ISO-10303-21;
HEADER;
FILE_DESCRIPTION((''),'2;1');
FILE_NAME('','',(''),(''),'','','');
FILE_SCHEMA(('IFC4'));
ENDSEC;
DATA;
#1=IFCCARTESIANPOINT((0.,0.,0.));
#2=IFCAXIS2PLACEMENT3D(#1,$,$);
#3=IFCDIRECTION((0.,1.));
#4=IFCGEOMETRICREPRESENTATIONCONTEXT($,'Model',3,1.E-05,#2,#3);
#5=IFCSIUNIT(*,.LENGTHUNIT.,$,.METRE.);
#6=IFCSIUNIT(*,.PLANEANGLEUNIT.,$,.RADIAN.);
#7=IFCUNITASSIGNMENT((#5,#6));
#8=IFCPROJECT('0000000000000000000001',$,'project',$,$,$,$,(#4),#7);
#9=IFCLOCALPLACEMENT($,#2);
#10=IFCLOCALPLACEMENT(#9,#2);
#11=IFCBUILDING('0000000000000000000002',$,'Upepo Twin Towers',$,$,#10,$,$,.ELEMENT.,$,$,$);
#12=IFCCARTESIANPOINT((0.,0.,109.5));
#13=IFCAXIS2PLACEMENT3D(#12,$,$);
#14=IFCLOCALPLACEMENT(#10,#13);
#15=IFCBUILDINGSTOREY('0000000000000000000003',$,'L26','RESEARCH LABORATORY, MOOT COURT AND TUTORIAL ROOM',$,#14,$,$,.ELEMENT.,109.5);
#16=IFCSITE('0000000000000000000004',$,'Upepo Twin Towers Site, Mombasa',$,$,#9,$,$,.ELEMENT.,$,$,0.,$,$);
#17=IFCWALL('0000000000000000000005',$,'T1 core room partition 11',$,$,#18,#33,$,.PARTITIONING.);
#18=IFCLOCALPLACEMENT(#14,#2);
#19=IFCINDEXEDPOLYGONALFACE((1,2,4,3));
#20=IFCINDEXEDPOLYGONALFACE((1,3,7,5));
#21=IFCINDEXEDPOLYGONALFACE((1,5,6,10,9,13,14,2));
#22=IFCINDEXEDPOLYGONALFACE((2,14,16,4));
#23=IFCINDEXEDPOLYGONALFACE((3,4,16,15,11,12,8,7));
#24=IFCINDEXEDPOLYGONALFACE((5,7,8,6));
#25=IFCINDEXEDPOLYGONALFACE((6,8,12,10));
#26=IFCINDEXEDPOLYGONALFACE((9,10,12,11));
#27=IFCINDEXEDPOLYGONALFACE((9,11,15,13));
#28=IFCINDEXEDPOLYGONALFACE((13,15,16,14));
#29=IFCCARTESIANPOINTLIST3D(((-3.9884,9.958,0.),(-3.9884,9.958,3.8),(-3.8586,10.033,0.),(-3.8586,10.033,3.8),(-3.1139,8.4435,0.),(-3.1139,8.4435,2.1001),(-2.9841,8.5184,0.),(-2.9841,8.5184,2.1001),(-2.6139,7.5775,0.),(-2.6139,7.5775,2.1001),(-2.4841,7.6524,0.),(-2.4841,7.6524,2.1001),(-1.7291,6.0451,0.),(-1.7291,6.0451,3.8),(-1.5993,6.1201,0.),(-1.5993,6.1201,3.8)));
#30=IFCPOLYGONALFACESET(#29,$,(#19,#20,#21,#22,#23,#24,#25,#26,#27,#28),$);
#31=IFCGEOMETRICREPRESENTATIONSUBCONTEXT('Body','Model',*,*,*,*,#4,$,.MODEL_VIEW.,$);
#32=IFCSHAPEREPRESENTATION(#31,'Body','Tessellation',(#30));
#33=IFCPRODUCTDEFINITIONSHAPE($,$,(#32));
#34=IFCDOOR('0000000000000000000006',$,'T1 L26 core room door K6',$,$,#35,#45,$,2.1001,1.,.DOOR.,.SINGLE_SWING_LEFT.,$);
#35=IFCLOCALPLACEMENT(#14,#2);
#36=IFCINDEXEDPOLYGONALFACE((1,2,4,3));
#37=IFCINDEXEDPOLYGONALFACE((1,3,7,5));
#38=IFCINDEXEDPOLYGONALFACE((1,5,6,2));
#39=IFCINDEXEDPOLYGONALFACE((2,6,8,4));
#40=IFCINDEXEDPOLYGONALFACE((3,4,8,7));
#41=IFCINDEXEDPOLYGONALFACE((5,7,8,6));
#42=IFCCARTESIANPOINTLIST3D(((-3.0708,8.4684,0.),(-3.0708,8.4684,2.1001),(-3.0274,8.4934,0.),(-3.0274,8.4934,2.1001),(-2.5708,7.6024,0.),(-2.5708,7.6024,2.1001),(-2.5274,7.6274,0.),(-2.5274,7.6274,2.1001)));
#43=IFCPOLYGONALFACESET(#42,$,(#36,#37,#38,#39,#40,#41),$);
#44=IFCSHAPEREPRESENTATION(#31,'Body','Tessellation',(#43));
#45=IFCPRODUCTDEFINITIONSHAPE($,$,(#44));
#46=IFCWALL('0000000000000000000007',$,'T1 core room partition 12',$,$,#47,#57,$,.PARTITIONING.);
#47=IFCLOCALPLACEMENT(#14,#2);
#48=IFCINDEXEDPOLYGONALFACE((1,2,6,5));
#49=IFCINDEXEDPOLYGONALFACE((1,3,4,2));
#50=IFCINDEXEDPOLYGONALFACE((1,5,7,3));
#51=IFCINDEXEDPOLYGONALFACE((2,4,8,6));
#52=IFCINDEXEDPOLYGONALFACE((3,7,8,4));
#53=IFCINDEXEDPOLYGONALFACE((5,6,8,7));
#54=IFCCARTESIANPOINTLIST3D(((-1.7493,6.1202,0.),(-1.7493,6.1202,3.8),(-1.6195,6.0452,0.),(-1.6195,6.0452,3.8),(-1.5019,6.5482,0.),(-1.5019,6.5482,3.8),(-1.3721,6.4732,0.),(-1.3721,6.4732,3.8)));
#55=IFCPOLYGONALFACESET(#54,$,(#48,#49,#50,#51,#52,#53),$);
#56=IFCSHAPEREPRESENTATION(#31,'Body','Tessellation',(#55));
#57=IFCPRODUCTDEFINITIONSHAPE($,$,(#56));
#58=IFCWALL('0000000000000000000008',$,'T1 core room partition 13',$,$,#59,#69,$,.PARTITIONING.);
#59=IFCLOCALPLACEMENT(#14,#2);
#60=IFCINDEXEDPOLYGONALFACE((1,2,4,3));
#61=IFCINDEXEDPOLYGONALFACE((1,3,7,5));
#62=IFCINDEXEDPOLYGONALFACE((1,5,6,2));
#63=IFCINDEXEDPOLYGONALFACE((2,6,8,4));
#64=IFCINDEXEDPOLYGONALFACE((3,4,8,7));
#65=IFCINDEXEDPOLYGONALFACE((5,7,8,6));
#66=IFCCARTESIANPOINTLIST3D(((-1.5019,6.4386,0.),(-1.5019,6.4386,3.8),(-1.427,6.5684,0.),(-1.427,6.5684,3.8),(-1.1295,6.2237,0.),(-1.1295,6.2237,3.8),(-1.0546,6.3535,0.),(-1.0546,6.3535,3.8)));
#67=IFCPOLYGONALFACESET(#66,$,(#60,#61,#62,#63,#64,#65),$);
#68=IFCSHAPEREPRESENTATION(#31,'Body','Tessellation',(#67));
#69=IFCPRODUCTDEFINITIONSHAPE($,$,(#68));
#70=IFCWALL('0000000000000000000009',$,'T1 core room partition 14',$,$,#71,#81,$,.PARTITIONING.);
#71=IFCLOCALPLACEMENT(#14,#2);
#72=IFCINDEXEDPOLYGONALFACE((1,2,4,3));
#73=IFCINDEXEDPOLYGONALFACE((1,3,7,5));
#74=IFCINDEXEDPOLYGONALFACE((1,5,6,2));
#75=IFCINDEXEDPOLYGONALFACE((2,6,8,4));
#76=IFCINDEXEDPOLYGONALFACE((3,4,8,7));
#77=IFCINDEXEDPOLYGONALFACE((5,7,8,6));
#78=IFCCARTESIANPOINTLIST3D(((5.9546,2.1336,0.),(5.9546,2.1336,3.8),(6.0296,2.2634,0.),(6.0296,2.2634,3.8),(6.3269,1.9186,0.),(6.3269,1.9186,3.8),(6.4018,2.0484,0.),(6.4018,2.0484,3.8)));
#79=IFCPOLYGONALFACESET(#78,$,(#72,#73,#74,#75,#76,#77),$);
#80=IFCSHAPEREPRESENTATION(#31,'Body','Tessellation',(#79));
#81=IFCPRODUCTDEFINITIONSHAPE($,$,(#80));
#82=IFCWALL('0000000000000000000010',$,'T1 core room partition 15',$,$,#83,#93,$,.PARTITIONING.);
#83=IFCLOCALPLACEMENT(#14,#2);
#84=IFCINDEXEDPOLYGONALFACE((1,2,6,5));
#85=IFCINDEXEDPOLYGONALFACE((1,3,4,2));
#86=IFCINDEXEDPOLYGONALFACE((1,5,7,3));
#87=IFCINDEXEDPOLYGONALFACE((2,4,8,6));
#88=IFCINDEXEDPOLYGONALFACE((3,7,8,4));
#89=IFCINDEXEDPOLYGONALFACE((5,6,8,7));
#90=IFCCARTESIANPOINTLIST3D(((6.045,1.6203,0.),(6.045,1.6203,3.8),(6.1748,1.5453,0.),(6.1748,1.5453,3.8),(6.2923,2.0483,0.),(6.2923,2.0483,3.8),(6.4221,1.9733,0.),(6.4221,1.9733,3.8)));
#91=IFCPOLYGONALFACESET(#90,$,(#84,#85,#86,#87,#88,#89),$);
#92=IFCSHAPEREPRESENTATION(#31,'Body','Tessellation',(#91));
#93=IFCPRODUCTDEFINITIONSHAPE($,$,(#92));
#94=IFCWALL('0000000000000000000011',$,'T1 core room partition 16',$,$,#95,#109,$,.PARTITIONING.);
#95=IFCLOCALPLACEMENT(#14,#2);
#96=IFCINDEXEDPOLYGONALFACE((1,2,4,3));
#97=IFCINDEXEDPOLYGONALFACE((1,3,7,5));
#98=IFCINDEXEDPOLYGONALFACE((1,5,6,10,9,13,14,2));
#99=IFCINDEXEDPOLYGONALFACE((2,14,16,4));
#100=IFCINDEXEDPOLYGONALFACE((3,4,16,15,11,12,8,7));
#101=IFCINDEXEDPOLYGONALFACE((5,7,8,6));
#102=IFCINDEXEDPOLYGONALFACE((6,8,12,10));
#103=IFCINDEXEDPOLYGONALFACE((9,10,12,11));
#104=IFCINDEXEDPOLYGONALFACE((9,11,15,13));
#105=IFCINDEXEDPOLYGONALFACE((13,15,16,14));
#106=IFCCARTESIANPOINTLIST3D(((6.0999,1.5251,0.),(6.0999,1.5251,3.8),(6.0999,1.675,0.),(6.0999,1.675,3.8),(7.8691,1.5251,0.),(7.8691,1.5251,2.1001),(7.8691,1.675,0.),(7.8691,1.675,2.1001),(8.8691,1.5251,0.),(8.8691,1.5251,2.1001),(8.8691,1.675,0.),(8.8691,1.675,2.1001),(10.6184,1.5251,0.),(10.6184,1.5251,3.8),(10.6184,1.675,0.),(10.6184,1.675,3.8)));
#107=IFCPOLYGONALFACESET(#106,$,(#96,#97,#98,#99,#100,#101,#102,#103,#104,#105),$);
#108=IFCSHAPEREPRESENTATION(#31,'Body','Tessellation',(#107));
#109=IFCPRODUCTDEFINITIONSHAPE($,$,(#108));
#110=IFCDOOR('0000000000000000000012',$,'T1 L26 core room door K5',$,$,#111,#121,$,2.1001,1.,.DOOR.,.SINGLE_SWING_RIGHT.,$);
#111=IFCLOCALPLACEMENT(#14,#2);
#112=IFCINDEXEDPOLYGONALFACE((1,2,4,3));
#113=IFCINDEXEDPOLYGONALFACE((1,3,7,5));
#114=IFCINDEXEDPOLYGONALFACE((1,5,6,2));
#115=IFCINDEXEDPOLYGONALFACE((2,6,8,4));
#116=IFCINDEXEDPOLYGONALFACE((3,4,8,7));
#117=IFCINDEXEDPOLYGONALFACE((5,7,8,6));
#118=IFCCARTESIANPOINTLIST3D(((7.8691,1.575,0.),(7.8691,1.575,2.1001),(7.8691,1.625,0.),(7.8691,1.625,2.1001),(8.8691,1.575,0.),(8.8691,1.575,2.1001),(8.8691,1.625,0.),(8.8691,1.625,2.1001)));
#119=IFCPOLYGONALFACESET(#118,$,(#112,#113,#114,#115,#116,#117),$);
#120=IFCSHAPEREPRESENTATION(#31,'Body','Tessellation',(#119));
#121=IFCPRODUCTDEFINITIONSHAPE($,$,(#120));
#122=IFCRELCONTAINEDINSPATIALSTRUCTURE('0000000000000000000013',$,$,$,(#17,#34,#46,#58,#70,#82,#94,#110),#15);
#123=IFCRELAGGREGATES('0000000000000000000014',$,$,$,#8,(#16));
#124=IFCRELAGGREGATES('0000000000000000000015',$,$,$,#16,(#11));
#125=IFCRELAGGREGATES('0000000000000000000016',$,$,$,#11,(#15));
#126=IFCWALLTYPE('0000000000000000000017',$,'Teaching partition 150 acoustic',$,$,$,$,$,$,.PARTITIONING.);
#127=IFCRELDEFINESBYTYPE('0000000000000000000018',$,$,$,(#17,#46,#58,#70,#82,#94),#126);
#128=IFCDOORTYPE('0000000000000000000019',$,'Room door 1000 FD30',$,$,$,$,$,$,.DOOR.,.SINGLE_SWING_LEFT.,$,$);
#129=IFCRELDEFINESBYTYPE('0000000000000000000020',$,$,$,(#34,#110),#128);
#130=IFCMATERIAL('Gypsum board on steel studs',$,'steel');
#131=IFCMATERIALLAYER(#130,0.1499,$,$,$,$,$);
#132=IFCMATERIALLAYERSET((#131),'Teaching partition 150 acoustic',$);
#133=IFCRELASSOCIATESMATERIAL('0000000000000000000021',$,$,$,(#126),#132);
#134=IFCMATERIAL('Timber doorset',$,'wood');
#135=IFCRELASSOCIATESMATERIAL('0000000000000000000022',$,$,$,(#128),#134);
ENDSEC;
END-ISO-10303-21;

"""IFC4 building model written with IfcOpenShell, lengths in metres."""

from ifc_helpers import new_model, si_unit, direction, frame, frame_2d, origin, place, context, subcontext, project, spatial, rectangle, extrude, material, layer, layer_set, type_object, element, fill, save


model = new_model("IFC4")

# Units and contexts
model_context = context("Model", 3, precision=1e-05, world=origin(), true_north=direction((0.0, 1.0)))
body_context = subcontext(model_context, "Body", "Model", "MODEL_VIEW")
ifc_project = project(units=[si_unit("LENGTHUNIT", "METRE"), si_unit("PLANEANGLEUNIT", "RADIAN")], contexts=[model_context])

# Site, building, storey
site_placement = place(None, origin())
site = spatial("IfcSite", under=ifc_project, at=site_placement, Name="Upepo Twin Towers Site, Mombasa", CompositionType="ELEMENT", RefElevation=0.0)
building_placement = place(site_placement, origin())
building = spatial("IfcBuilding", under=site, at=building_placement, Name="Upepo Twin Towers", CompositionType="ELEMENT")
storey_placement = place(building_placement, frame((0.0, 0.0, 109.5)))
storey = spatial("IfcBuildingStorey", under=building, at=storey_placement, Name="L26", Description="RESEARCH LABORATORY, MOOT COURT AND TUTORIAL ROOM", CompositionType="ELEMENT", Elevation=109.5)

# Wall, opening, door
ifc_material_1 = material(Name="Gypsum board on steel studs", Category="steel")
ifc_layer_1 = layer(ifc_material_1, 0.1499)
ifc_layer_set_1 = layer_set([ifc_layer_1], Name="Teaching partition 150 acoustic")
wall_type_1 = type_object("IfcWallType", Name="Teaching partition 150 acoustic", PredefinedType="PARTITIONING", material=ifc_layer_set_1)
wall_1_placement = place(storey_placement, frame((-3.9236, 9.9956, 0.0), z_axis=(0.0, 0.0, 1.0), x_axis=(0.500033, -0.866007, 0.0)))
wall_1 = element("IfcWall", 1, at=wall_1_placement, inside=storey, type_object=wall_type_1, Name="T1 core room partition 11", PredefinedType="PARTITIONING", context=body_context, shape_type="SweptSolid", body=[
    extrude(rectangle(XDim=4.5183, YDim=0.1499, at=frame_2d((2.2593, 0.0))), origin(), (0.0, 0.0, 1.0), 3.8),
])
opening_1_placement = place(wall_1_placement, frame((1.749, 0.0, 0.0)))
opening_1 = element("IfcOpeningElement", 2, at=opening_1_placement, cuts=wall_1, PredefinedType="OPENING", context=body_context, shape_type="SweptSolid", body=[
    extrude(rectangle(XDim=1.0, YDim=2.1001, at=frame_2d((0.5, 1.05))), frame((0.0, 0.085, 0.0), z_axis=(0.0, -1.0, 0.0), x_axis=(1.0, 0.0, 0.0)), (0.0, 0.0, 1.0), 0.1699),
])
ifc_material_2 = material(Name="Timber doorset", Category="wood")
door_type_1 = type_object("IfcDoorType", Name="Room door 1000 FD30", OperationType="SINGLE_SWING_LEFT", PredefinedType="DOOR", material=ifc_material_2)
door_1_placement = place(opening_1_placement, origin())
door_1 = element("IfcDoor", 3, at=door_1_placement, inside=storey, type_object=door_type_1, Name="T1 L26 core room door K6", OperationType="SINGLE_SWING_LEFT", OverallHeight=2.1001, OverallWidth=1.0, PredefinedType="DOOR", context=body_context, shape_type="SweptSolid", body=[
    extrude(rectangle(XDim=1.0, YDim=2.1001, at=frame_2d((0.5, 1.05))), frame((0.0, 0.0249, 0.0), z_axis=(0.0, -1.0, 0.0), x_axis=(1.0, 0.0, 0.0)), (0.0, 0.0, 1.0), 0.05),
])
fill(opening_1, door_1)

# Walls
wall_2_placement = place(storey_placement, frame((-1.6843, 6.0828, 0.0), z_axis=(0.0, 0.0, 1.0), x_axis=(0.500335, 0.865832, 0.0)))
element("IfcWall", 4, at=wall_2_placement, inside=storey, type_object=wall_type_1, Name="T1 core room partition 12", PredefinedType="PARTITIONING", context=body_context, shape_type="SweptSolid", body=[
    extrude(rectangle(XDim=0.4944, YDim=0.1499, at=frame_2d((0.2471, 0.0))), origin(), (0.0, 0.0, 1.0), 3.8),
])
for number, where, z_axis, x_axis, name in (
    (5, (-1.4644, 6.5034, 0.0), (0.0, 0.0, 1.0), (0.866138, -0.499804, 0.0), "T1 core room partition 13"),
    (6, (5.9922, 2.1985, 0.0), (0.0, 0.0, 1.0), (0.865892, -0.50023, 0.0), "T1 core room partition 14"),
):
    element("IfcWall", number, at=place(storey_placement, frame(where, z_axis=z_axis, x_axis=x_axis)), inside=storey, type_object=wall_type_1, Name=name, PredefinedType="PARTITIONING", context=body_context, shape_type="SweptSolid", body=[
        extrude(rectangle(XDim=0.4299, YDim=0.1499, at=frame_2d((0.2148, 0.0))), origin(), (0.0, 0.0, 1.0), 3.8),
    ])
wall_3_placement = place(storey_placement, frame((6.3572, 2.0107, 0.0), z_axis=(0.0, 0.0, 1.0), x_axis=(-0.500335, -0.865832, 0.0)))
element("IfcWall", 7, at=wall_3_placement, inside=storey, type_object=wall_type_1, Name="T1 core room partition 15", PredefinedType="PARTITIONING", context=body_context, shape_type="SweptSolid", body=[
    extrude(rectangle(XDim=0.4944, YDim=0.1499, at=frame_2d((0.2471, 0.0))), origin(), (0.0, 0.0, 1.0), 3.8),
])

# Wall, opening, door
wall_4_placement = place(storey_placement, frame((6.0999, 1.6001, 0.0), z_axis=(0.0, 0.0, 1.0), x_axis=(1.0, 0.0, 0.0)))
wall_4 = element("IfcWall", 8, at=wall_4_placement, inside=storey, type_object=wall_type_1, Name="T1 core room partition 16", PredefinedType="PARTITIONING", context=body_context, shape_type="SweptSolid", body=[
    extrude(rectangle(XDim=4.5186, YDim=0.1499, at=frame_2d((2.2593, 0.0))), origin(), (0.0, 0.0, 1.0), 3.8),
])
opening_2_placement = place(wall_4_placement, frame((1.7693, 0.0, 0.0)))
opening_2 = element("IfcOpeningElement", 9, at=opening_2_placement, cuts=wall_4, PredefinedType="OPENING", context=body_context, shape_type="SweptSolid", body=[
    extrude(rectangle(XDim=1.0, YDim=2.1001, at=frame_2d((0.5, 1.05))), frame((0.0, 0.085, 0.0), z_axis=(0.0, -1.0, 0.0), x_axis=(1.0, 0.0, 0.0)), (0.0, 0.0, 1.0), 0.1699),
])
door_2_placement = place(opening_2_placement, origin())
door_2 = element("IfcDoor", 10, at=door_2_placement, inside=storey, type_object=door_type_1, Name="T1 L26 core room door K5", OperationType="SINGLE_SWING_RIGHT", OverallHeight=2.1001, OverallWidth=1.0, PredefinedType="DOOR", context=body_context, shape_type="SweptSolid", body=[
    extrude(rectangle(XDim=1.0, YDim=2.1001, at=frame_2d((0.5, 1.05))), frame((0.0, 0.0249, 0.0), z_axis=(0.0, -1.0, 0.0), x_axis=(1.0, 0.0, 0.0)), (0.0, 0.0, 1.0), 0.05),
])
fill(opening_2, door_2)

save(model, "model.ifc")
